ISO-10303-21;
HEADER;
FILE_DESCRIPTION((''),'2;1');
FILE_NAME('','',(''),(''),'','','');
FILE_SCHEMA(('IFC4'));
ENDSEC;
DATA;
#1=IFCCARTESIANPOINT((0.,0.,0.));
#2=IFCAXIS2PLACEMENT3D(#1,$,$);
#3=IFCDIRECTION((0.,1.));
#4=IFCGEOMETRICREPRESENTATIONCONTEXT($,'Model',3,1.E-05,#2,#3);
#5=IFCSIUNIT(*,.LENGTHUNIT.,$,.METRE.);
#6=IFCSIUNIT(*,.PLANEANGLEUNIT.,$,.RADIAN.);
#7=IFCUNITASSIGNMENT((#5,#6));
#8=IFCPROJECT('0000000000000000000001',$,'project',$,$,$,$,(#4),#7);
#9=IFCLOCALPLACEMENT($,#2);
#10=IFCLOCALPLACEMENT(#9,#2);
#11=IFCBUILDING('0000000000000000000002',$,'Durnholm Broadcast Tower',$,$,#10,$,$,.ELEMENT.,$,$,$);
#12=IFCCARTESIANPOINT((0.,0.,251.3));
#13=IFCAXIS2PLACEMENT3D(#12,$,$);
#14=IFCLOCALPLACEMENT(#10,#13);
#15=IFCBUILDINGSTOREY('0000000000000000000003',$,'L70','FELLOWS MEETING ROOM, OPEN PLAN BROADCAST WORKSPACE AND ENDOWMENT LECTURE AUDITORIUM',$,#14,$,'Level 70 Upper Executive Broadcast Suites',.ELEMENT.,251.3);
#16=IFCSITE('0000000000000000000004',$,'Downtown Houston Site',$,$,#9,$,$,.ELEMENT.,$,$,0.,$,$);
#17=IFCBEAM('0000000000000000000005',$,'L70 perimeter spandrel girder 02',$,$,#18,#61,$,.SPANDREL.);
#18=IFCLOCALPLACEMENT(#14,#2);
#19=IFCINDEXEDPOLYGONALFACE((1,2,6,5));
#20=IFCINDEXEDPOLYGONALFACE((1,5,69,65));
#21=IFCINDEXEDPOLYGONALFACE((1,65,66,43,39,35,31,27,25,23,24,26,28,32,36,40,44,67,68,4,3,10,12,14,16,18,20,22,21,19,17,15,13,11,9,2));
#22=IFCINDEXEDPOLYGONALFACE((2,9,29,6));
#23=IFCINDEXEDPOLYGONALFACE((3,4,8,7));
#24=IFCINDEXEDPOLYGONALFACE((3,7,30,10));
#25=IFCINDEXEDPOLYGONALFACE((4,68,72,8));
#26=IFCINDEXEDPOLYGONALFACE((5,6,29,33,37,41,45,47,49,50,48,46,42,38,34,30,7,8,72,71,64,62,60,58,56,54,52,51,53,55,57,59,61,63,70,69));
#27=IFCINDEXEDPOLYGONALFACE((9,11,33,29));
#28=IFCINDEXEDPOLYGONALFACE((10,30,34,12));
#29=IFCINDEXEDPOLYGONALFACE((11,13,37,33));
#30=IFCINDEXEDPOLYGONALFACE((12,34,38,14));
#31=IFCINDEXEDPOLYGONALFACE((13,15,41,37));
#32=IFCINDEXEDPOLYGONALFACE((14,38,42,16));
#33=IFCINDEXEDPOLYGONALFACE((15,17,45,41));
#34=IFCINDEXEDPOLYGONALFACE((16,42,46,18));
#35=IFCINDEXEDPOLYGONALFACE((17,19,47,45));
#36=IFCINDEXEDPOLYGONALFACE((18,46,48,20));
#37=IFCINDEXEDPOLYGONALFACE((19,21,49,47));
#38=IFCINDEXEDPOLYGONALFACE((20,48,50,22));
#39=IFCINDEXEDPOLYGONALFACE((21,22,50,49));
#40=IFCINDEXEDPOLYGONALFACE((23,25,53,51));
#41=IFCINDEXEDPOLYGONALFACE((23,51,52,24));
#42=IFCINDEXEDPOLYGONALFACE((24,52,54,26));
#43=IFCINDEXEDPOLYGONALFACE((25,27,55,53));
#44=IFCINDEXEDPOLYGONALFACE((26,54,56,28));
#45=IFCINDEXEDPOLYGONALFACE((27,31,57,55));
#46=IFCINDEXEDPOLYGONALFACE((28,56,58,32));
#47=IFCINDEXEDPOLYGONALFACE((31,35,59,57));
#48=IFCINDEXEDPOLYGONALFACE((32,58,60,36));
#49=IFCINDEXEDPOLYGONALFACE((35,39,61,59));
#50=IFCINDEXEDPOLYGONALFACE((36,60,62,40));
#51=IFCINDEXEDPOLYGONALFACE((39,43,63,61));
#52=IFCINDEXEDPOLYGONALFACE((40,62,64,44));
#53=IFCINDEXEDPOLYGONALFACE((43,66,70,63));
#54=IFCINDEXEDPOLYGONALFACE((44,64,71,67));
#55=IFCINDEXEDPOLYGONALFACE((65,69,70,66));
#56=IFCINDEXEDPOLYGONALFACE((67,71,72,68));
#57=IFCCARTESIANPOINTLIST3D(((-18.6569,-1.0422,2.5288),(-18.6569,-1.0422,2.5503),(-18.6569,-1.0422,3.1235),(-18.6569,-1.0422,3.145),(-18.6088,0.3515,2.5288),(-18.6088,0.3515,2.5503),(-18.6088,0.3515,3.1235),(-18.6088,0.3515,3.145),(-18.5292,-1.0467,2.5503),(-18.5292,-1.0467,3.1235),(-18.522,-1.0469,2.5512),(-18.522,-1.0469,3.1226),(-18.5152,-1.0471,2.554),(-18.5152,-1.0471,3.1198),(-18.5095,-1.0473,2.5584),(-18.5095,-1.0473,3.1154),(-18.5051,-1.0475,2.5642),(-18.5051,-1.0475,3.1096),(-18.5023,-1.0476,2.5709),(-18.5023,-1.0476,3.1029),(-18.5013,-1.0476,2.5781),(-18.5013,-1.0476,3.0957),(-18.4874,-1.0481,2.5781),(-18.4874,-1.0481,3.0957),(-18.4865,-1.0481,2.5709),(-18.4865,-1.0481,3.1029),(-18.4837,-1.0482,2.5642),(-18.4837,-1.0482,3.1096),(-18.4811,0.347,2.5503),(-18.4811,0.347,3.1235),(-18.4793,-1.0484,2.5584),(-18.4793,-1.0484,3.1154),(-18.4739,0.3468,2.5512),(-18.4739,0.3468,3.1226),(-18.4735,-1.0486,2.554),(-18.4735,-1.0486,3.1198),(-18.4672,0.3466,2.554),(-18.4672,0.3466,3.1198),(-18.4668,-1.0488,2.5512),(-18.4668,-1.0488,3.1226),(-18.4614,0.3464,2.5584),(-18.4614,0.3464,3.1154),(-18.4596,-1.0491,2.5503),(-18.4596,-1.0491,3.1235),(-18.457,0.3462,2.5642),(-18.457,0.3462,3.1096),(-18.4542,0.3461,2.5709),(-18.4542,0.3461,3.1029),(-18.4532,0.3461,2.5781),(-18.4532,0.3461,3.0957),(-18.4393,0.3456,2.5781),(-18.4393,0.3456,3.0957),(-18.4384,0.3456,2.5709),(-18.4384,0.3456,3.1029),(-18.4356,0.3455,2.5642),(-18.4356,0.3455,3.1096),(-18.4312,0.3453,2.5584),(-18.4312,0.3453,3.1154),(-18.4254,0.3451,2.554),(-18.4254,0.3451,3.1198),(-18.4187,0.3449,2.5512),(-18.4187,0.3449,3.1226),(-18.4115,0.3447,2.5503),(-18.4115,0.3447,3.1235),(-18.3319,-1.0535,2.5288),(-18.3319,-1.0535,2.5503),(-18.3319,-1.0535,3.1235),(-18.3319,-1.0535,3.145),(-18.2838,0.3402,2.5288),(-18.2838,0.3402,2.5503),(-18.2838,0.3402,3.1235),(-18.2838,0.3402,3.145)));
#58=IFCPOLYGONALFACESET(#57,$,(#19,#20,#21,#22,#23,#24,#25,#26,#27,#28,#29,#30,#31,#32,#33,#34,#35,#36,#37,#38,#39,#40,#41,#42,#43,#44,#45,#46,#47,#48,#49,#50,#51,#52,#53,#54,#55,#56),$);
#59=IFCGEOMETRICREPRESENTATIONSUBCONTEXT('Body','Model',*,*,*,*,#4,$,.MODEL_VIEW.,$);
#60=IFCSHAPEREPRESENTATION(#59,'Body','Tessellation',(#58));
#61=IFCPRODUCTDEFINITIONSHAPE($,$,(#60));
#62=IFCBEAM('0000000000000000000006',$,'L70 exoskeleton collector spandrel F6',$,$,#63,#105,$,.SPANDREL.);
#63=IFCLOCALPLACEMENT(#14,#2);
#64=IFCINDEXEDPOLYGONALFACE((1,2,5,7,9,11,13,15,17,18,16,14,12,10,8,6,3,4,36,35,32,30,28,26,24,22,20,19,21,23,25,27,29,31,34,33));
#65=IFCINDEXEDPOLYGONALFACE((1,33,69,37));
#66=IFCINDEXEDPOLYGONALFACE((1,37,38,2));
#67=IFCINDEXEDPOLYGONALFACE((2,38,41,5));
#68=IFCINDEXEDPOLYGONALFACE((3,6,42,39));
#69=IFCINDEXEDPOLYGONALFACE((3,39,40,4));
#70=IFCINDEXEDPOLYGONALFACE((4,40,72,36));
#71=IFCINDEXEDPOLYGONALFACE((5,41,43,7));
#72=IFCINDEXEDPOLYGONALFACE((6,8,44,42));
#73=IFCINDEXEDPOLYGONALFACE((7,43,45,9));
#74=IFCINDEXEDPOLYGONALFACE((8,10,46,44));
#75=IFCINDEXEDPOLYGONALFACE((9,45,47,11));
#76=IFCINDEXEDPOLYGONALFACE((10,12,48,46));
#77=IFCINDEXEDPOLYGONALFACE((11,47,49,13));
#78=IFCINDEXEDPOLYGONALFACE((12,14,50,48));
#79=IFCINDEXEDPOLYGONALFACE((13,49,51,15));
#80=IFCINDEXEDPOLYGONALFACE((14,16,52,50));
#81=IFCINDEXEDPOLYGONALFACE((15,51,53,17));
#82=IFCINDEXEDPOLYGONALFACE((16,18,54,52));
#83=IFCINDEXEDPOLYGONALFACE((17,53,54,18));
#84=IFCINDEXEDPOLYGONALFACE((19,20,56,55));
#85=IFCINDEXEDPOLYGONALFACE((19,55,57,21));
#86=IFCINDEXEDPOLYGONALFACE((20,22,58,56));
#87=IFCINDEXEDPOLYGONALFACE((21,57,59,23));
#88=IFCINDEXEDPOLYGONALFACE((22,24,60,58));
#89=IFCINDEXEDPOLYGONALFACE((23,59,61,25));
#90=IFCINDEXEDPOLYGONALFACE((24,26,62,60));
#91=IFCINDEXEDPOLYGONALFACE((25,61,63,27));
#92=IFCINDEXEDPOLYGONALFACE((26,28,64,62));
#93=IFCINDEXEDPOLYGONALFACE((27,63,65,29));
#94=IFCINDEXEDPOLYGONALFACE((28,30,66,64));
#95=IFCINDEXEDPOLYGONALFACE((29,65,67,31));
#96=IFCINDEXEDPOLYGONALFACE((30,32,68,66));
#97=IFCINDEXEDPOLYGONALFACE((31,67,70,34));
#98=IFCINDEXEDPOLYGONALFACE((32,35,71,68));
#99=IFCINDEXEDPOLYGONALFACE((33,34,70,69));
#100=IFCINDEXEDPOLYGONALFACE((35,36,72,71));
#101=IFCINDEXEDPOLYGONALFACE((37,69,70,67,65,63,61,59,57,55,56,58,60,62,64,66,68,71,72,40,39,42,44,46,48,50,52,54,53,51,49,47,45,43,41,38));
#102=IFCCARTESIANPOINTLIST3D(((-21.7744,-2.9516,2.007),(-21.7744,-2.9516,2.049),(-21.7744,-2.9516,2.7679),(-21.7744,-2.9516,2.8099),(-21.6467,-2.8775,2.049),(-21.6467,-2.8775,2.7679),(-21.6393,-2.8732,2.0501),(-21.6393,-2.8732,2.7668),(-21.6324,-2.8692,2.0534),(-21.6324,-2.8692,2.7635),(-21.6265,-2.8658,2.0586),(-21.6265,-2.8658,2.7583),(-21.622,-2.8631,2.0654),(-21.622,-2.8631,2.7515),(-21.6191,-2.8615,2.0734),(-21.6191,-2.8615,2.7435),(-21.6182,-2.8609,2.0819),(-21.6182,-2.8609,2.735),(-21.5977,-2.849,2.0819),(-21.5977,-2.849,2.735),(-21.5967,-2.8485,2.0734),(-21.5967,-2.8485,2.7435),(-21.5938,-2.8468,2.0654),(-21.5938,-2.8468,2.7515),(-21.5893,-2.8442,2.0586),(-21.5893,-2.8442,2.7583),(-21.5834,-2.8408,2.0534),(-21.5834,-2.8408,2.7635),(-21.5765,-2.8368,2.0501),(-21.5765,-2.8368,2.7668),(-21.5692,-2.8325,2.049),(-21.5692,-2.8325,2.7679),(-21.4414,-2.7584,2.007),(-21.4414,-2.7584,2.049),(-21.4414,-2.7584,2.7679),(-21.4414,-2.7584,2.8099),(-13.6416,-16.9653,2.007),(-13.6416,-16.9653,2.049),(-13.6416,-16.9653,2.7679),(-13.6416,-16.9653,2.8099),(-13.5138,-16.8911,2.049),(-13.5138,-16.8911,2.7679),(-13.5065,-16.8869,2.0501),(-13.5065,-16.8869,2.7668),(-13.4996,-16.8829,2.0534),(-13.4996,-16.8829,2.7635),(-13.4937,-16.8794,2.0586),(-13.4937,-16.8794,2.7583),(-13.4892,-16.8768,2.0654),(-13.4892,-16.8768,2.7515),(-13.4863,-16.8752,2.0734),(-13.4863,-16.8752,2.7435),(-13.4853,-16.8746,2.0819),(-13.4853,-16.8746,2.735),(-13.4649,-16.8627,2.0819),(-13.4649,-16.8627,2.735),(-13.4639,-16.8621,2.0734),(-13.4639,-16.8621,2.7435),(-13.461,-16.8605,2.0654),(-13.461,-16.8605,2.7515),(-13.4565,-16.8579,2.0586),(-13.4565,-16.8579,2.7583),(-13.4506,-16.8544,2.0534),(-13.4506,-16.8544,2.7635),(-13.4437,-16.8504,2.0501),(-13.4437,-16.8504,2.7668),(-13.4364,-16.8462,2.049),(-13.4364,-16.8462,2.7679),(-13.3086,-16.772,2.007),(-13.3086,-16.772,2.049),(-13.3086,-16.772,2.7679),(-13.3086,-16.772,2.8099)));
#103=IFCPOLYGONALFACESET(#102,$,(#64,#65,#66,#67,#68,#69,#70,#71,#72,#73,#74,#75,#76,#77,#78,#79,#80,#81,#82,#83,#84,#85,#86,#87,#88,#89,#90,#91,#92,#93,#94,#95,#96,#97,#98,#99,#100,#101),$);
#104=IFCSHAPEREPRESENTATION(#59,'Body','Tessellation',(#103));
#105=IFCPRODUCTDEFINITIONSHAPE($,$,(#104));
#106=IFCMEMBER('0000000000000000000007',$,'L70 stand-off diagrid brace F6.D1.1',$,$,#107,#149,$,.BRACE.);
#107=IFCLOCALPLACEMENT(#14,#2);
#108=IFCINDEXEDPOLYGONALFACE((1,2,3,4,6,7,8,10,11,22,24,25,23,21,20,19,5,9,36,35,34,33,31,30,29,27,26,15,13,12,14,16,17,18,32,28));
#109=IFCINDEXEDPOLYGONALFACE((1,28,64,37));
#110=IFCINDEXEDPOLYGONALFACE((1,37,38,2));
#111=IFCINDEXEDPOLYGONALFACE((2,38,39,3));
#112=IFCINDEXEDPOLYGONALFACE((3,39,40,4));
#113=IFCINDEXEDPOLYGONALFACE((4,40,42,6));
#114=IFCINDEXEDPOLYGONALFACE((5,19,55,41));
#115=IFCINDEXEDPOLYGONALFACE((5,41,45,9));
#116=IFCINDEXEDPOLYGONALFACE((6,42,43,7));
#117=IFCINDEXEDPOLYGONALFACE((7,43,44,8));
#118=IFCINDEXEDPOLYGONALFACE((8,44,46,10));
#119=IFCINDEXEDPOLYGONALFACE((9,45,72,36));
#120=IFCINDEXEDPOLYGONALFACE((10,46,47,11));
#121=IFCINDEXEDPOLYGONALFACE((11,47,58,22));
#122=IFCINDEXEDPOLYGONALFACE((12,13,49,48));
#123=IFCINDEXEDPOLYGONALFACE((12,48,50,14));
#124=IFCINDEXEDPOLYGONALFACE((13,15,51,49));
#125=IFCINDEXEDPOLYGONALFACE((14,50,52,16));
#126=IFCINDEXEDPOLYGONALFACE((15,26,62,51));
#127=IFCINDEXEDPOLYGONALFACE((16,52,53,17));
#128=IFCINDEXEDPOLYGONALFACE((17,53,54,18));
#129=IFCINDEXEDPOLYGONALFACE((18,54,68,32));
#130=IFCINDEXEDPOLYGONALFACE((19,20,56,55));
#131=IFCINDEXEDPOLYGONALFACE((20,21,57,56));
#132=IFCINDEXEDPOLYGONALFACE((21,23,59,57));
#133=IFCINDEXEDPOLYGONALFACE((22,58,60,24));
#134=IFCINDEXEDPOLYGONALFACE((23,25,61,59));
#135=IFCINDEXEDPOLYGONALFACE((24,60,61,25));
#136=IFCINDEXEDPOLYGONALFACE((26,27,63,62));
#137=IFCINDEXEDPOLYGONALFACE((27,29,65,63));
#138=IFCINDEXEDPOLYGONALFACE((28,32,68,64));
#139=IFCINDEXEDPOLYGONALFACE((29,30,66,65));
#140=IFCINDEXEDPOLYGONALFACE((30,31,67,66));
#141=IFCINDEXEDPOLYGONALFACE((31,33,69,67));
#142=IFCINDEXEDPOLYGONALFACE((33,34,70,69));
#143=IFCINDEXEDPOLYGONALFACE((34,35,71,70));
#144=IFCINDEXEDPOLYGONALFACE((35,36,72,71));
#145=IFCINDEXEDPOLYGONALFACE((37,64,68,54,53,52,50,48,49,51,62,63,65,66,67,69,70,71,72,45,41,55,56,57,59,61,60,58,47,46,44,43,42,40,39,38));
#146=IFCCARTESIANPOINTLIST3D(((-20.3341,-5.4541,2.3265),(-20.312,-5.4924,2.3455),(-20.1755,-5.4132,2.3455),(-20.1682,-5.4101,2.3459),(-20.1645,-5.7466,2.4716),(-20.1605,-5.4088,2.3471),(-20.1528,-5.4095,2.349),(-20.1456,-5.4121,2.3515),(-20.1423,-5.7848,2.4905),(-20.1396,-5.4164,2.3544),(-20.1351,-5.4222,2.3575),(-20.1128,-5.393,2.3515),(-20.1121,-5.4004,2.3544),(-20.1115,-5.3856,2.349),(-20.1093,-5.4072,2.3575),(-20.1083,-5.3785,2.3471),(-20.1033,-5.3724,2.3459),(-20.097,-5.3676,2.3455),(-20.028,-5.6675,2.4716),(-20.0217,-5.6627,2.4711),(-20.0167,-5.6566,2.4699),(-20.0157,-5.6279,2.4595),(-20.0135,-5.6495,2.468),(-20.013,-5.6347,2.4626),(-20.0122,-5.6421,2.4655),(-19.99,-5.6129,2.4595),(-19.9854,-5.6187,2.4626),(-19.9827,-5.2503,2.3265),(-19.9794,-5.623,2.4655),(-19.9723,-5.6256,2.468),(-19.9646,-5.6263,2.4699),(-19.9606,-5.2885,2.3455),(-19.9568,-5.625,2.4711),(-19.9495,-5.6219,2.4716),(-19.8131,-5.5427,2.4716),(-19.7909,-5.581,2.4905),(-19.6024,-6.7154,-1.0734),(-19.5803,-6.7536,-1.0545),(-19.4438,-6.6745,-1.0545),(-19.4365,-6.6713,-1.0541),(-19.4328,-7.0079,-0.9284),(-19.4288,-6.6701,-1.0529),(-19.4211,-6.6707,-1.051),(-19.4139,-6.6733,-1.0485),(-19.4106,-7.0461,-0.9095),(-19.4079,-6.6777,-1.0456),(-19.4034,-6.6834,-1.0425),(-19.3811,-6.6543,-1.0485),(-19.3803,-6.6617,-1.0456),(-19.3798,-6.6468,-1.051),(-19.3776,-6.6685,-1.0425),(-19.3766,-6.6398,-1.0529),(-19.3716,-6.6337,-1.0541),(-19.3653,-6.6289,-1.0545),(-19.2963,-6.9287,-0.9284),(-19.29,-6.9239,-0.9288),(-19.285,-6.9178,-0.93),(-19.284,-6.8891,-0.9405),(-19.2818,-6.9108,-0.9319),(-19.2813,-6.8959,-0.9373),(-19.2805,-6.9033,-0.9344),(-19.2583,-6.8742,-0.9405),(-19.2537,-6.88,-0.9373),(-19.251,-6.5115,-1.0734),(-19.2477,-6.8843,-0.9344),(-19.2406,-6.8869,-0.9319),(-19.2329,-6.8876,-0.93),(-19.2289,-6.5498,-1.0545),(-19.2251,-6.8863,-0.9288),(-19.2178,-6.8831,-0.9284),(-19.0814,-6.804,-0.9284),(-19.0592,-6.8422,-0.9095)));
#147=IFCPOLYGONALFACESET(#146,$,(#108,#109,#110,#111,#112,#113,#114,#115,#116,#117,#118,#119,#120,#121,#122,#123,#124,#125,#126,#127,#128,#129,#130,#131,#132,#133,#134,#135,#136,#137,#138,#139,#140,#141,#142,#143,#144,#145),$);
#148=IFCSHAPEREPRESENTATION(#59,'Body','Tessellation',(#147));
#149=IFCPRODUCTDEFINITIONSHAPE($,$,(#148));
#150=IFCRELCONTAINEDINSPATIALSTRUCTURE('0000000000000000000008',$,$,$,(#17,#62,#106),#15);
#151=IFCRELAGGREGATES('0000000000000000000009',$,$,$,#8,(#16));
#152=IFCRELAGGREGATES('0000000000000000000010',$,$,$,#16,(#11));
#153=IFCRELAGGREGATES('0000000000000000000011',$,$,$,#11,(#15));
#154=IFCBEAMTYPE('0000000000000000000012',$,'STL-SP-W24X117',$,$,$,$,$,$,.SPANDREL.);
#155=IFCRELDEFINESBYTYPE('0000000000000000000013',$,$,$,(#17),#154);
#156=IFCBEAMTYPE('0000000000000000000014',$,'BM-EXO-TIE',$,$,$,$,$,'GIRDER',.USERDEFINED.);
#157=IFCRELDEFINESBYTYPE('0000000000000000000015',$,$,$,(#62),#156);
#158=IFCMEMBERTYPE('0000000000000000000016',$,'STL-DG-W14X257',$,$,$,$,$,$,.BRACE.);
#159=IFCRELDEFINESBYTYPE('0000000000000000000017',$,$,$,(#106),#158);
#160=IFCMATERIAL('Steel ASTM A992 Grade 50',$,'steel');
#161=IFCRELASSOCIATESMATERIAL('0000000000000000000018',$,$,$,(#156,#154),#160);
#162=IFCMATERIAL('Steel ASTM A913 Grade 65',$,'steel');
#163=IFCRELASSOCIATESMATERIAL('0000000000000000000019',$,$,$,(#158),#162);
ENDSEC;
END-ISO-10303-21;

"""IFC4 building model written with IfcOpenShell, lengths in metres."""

from ifc_helpers import new_model, si_unit, direction, frame, origin, origin_2d, place, context, subcontext, project, spatial, i_section, extrude, source, transform, mapped, material, material_profile, profile_set, type_object, type_shapes, element, save


model = new_model("IFC4")

# Units and contexts
model_context = context("Model", 3, precision=1e-05, world=origin(), true_north=direction((0.0, 1.0)))
body_context = subcontext(model_context, "Body", "Model", "MODEL_VIEW")
ifc_project = project(units=[si_unit("LENGTHUNIT", "METRE"), si_unit("PLANEANGLEUNIT", "RADIAN")], contexts=[model_context])

# Site, building, storey
site_placement = place(None, origin())
site = spatial("IfcSite", under=ifc_project, at=site_placement, Name="Downtown Houston Site", CompositionType="ELEMENT", RefElevation=0.0)
building_placement = place(site_placement, origin())
building = spatial("IfcBuilding", under=site, at=building_placement, Name="Durnholm Broadcast Tower", CompositionType="ELEMENT")
storey_placement = place(building_placement, frame((0.0, 0.0, 251.3)))
storey = spatial("IfcBuildingStorey", under=building, at=storey_placement, Name="L70", Description="FELLOWS MEETING ROOM, OPEN PLAN BROADCAST WORKSPACE AND ENDOWMENT LECTURE AUDITORIUM", LongName="Level 70 Upper Executive Broadcast Suites", CompositionType="ELEMENT", Elevation=251.3)

# Beams
ifc_material_1 = material(Name="Steel ASTM A992 Grade 50", Category="steel")
ifc_material_profile_1 = material_profile(ifc_material_1, i_section(OverallWidth=0.385, OverallDepth=0.803, WebThickness=0.0237, FlangeThickness=0.042, FilletRadius=0.033, at=origin_2d()), Name="W30X261")
ifc_profile_set_1 = profile_set([ifc_material_profile_1], Name="Steel ASTM A992 Grade 50")
beam_type_1 = type_object("IfcBeamType", Name="BM-EXO-TIE", ElementType="GIRDER", PredefinedType="USERDEFINED", material=ifc_profile_set_1)
ifc_material_profile_2 = material_profile(ifc_material_1, i_section(OverallWidth=0.3252, OverallDepth=0.6162, WebThickness=0.0139, FlangeThickness=0.0215, FilletRadius=0.0278, at=origin_2d()), Name="W24X117")
ifc_profile_set_2 = profile_set([ifc_material_profile_2], Name="Steel ASTM A992 Grade 50")
beam_type_2 = type_object("IfcBeamType", Name="STL-SP-W24X117", PredefinedType="SPANDREL", material=ifc_profile_set_2)
shared_shape_1 = source(origin(), body_context, "Body", "SweptSolid", [
    extrude(i_section(OverallWidth=0.3252, OverallDepth=0.6162, WebThickness=0.0139, FlangeThickness=0.0215, FilletRadius=0.0278, at=origin_2d()), origin(), (0.0, 0.0, 1.0), 1.3945),
])
beam_1_placement = place(storey_placement, frame((-18.4944, -1.0479, 2.8369), z_axis=(0.034486, 0.999405, 0.0), x_axis=(-0.999405, 0.034486, 0.0)))
element("IfcBeam", 1, at=beam_1_placement, inside=storey, type_object=beam_type_2, Name="L70 perimeter spandrel girder 02", PredefinedType="SPANDREL", context=body_context, shape_type="MappedRepresentation", body=[
    mapped(shared_shape_1, transform((0.0, 0.0, 0.0), x_axis=(1.0, 0.0, 0.0), y_axis=(0.0, 1.0, 0.0), z_axis=(0.0, 0.0, 1.0), scale=1.0)),
])
shared_shape_2 = source(origin(), body_context, "Body", "SweptSolid", [
    extrude(i_section(OverallWidth=0.385, OverallDepth=0.803, WebThickness=0.0237, FlangeThickness=0.042, FilletRadius=0.033, at=origin_2d()), origin(), (0.0, 0.0, 1.0), 16.2026),
])
beam_2_placement = place(storey_placement, frame((-21.6079, -2.855, 2.4084), z_axis=(0.501944, -0.8649, 0.0), x_axis=(0.8649, 0.501944, 0.0)))
element("IfcBeam", 2, at=beam_2_placement, inside=storey, type_object=beam_type_1, Name="L70 exoskeleton collector spandrel F6", PredefinedType="SPANDREL", context=body_context, shape_type="MappedRepresentation", body=[
    mapped(shared_shape_2, transform((0.0, 0.0, 0.0), x_axis=(1.0, 0.0, 0.0), y_axis=(0.0, 1.0, 0.0), z_axis=(0.0, 0.0, 1.0), scale=1.0)),
])

# Member
ifc_material_2 = material(Name="Steel ASTM A913 Grade 65", Category="steel")
ifc_material_profile_3 = material_profile(ifc_material_2, i_section(OverallWidth=0.4062, OverallDepth=0.416, WebThickness=0.0298, FlangeThickness=0.0481, FilletRadius=0.0305, at=origin_2d()), Name="W14X257")
ifc_profile_set_3 = profile_set([ifc_material_profile_3], Name="Steel ASTM A913 Grade 65")
member_type_1 = type_object("IfcMemberType", Name="STL-DG-W14X257", PredefinedType="BRACE", material=ifc_profile_set_3)
shared_shape_3 = source(origin(), body_context, "Body", "SweptSolid", [
    extrude(i_section(OverallWidth=0.4062, OverallDepth=0.416, WebThickness=0.0298, FlangeThickness=0.0481, FilletRadius=0.0305, at=origin_2d()), origin(), (0.0, 0.0, 1.0), 3.6995),
])
type_shapes(member_type_1, [shared_shape_3])
for number, where, z_axis, x_axis, name in (
    (3, (-19.3308, -6.7788, -0.9915), (-0.197787, 0.34093, 0.919047), (-0.864979, -0.501808, 0.0), "L70 stand-off diagrid brace F6.D1.1"),
):
    element("IfcMember", number, at=place(storey_placement, frame(where, z_axis=z_axis, x_axis=x_axis)), inside=storey, type_object=member_type_1, Name=name, PredefinedType="BRACE", context=body_context, shape_type="MappedRepresentation", body=[
        mapped(shared_shape_3, transform((0.0, 0.0, 0.0), x_axis=(1.0, 0.0, 0.0), y_axis=(0.0, 1.0, 0.0), z_axis=(0.0, 0.0, 1.0), scale=1.0)),
    ])

save(model, "model.ifc")
